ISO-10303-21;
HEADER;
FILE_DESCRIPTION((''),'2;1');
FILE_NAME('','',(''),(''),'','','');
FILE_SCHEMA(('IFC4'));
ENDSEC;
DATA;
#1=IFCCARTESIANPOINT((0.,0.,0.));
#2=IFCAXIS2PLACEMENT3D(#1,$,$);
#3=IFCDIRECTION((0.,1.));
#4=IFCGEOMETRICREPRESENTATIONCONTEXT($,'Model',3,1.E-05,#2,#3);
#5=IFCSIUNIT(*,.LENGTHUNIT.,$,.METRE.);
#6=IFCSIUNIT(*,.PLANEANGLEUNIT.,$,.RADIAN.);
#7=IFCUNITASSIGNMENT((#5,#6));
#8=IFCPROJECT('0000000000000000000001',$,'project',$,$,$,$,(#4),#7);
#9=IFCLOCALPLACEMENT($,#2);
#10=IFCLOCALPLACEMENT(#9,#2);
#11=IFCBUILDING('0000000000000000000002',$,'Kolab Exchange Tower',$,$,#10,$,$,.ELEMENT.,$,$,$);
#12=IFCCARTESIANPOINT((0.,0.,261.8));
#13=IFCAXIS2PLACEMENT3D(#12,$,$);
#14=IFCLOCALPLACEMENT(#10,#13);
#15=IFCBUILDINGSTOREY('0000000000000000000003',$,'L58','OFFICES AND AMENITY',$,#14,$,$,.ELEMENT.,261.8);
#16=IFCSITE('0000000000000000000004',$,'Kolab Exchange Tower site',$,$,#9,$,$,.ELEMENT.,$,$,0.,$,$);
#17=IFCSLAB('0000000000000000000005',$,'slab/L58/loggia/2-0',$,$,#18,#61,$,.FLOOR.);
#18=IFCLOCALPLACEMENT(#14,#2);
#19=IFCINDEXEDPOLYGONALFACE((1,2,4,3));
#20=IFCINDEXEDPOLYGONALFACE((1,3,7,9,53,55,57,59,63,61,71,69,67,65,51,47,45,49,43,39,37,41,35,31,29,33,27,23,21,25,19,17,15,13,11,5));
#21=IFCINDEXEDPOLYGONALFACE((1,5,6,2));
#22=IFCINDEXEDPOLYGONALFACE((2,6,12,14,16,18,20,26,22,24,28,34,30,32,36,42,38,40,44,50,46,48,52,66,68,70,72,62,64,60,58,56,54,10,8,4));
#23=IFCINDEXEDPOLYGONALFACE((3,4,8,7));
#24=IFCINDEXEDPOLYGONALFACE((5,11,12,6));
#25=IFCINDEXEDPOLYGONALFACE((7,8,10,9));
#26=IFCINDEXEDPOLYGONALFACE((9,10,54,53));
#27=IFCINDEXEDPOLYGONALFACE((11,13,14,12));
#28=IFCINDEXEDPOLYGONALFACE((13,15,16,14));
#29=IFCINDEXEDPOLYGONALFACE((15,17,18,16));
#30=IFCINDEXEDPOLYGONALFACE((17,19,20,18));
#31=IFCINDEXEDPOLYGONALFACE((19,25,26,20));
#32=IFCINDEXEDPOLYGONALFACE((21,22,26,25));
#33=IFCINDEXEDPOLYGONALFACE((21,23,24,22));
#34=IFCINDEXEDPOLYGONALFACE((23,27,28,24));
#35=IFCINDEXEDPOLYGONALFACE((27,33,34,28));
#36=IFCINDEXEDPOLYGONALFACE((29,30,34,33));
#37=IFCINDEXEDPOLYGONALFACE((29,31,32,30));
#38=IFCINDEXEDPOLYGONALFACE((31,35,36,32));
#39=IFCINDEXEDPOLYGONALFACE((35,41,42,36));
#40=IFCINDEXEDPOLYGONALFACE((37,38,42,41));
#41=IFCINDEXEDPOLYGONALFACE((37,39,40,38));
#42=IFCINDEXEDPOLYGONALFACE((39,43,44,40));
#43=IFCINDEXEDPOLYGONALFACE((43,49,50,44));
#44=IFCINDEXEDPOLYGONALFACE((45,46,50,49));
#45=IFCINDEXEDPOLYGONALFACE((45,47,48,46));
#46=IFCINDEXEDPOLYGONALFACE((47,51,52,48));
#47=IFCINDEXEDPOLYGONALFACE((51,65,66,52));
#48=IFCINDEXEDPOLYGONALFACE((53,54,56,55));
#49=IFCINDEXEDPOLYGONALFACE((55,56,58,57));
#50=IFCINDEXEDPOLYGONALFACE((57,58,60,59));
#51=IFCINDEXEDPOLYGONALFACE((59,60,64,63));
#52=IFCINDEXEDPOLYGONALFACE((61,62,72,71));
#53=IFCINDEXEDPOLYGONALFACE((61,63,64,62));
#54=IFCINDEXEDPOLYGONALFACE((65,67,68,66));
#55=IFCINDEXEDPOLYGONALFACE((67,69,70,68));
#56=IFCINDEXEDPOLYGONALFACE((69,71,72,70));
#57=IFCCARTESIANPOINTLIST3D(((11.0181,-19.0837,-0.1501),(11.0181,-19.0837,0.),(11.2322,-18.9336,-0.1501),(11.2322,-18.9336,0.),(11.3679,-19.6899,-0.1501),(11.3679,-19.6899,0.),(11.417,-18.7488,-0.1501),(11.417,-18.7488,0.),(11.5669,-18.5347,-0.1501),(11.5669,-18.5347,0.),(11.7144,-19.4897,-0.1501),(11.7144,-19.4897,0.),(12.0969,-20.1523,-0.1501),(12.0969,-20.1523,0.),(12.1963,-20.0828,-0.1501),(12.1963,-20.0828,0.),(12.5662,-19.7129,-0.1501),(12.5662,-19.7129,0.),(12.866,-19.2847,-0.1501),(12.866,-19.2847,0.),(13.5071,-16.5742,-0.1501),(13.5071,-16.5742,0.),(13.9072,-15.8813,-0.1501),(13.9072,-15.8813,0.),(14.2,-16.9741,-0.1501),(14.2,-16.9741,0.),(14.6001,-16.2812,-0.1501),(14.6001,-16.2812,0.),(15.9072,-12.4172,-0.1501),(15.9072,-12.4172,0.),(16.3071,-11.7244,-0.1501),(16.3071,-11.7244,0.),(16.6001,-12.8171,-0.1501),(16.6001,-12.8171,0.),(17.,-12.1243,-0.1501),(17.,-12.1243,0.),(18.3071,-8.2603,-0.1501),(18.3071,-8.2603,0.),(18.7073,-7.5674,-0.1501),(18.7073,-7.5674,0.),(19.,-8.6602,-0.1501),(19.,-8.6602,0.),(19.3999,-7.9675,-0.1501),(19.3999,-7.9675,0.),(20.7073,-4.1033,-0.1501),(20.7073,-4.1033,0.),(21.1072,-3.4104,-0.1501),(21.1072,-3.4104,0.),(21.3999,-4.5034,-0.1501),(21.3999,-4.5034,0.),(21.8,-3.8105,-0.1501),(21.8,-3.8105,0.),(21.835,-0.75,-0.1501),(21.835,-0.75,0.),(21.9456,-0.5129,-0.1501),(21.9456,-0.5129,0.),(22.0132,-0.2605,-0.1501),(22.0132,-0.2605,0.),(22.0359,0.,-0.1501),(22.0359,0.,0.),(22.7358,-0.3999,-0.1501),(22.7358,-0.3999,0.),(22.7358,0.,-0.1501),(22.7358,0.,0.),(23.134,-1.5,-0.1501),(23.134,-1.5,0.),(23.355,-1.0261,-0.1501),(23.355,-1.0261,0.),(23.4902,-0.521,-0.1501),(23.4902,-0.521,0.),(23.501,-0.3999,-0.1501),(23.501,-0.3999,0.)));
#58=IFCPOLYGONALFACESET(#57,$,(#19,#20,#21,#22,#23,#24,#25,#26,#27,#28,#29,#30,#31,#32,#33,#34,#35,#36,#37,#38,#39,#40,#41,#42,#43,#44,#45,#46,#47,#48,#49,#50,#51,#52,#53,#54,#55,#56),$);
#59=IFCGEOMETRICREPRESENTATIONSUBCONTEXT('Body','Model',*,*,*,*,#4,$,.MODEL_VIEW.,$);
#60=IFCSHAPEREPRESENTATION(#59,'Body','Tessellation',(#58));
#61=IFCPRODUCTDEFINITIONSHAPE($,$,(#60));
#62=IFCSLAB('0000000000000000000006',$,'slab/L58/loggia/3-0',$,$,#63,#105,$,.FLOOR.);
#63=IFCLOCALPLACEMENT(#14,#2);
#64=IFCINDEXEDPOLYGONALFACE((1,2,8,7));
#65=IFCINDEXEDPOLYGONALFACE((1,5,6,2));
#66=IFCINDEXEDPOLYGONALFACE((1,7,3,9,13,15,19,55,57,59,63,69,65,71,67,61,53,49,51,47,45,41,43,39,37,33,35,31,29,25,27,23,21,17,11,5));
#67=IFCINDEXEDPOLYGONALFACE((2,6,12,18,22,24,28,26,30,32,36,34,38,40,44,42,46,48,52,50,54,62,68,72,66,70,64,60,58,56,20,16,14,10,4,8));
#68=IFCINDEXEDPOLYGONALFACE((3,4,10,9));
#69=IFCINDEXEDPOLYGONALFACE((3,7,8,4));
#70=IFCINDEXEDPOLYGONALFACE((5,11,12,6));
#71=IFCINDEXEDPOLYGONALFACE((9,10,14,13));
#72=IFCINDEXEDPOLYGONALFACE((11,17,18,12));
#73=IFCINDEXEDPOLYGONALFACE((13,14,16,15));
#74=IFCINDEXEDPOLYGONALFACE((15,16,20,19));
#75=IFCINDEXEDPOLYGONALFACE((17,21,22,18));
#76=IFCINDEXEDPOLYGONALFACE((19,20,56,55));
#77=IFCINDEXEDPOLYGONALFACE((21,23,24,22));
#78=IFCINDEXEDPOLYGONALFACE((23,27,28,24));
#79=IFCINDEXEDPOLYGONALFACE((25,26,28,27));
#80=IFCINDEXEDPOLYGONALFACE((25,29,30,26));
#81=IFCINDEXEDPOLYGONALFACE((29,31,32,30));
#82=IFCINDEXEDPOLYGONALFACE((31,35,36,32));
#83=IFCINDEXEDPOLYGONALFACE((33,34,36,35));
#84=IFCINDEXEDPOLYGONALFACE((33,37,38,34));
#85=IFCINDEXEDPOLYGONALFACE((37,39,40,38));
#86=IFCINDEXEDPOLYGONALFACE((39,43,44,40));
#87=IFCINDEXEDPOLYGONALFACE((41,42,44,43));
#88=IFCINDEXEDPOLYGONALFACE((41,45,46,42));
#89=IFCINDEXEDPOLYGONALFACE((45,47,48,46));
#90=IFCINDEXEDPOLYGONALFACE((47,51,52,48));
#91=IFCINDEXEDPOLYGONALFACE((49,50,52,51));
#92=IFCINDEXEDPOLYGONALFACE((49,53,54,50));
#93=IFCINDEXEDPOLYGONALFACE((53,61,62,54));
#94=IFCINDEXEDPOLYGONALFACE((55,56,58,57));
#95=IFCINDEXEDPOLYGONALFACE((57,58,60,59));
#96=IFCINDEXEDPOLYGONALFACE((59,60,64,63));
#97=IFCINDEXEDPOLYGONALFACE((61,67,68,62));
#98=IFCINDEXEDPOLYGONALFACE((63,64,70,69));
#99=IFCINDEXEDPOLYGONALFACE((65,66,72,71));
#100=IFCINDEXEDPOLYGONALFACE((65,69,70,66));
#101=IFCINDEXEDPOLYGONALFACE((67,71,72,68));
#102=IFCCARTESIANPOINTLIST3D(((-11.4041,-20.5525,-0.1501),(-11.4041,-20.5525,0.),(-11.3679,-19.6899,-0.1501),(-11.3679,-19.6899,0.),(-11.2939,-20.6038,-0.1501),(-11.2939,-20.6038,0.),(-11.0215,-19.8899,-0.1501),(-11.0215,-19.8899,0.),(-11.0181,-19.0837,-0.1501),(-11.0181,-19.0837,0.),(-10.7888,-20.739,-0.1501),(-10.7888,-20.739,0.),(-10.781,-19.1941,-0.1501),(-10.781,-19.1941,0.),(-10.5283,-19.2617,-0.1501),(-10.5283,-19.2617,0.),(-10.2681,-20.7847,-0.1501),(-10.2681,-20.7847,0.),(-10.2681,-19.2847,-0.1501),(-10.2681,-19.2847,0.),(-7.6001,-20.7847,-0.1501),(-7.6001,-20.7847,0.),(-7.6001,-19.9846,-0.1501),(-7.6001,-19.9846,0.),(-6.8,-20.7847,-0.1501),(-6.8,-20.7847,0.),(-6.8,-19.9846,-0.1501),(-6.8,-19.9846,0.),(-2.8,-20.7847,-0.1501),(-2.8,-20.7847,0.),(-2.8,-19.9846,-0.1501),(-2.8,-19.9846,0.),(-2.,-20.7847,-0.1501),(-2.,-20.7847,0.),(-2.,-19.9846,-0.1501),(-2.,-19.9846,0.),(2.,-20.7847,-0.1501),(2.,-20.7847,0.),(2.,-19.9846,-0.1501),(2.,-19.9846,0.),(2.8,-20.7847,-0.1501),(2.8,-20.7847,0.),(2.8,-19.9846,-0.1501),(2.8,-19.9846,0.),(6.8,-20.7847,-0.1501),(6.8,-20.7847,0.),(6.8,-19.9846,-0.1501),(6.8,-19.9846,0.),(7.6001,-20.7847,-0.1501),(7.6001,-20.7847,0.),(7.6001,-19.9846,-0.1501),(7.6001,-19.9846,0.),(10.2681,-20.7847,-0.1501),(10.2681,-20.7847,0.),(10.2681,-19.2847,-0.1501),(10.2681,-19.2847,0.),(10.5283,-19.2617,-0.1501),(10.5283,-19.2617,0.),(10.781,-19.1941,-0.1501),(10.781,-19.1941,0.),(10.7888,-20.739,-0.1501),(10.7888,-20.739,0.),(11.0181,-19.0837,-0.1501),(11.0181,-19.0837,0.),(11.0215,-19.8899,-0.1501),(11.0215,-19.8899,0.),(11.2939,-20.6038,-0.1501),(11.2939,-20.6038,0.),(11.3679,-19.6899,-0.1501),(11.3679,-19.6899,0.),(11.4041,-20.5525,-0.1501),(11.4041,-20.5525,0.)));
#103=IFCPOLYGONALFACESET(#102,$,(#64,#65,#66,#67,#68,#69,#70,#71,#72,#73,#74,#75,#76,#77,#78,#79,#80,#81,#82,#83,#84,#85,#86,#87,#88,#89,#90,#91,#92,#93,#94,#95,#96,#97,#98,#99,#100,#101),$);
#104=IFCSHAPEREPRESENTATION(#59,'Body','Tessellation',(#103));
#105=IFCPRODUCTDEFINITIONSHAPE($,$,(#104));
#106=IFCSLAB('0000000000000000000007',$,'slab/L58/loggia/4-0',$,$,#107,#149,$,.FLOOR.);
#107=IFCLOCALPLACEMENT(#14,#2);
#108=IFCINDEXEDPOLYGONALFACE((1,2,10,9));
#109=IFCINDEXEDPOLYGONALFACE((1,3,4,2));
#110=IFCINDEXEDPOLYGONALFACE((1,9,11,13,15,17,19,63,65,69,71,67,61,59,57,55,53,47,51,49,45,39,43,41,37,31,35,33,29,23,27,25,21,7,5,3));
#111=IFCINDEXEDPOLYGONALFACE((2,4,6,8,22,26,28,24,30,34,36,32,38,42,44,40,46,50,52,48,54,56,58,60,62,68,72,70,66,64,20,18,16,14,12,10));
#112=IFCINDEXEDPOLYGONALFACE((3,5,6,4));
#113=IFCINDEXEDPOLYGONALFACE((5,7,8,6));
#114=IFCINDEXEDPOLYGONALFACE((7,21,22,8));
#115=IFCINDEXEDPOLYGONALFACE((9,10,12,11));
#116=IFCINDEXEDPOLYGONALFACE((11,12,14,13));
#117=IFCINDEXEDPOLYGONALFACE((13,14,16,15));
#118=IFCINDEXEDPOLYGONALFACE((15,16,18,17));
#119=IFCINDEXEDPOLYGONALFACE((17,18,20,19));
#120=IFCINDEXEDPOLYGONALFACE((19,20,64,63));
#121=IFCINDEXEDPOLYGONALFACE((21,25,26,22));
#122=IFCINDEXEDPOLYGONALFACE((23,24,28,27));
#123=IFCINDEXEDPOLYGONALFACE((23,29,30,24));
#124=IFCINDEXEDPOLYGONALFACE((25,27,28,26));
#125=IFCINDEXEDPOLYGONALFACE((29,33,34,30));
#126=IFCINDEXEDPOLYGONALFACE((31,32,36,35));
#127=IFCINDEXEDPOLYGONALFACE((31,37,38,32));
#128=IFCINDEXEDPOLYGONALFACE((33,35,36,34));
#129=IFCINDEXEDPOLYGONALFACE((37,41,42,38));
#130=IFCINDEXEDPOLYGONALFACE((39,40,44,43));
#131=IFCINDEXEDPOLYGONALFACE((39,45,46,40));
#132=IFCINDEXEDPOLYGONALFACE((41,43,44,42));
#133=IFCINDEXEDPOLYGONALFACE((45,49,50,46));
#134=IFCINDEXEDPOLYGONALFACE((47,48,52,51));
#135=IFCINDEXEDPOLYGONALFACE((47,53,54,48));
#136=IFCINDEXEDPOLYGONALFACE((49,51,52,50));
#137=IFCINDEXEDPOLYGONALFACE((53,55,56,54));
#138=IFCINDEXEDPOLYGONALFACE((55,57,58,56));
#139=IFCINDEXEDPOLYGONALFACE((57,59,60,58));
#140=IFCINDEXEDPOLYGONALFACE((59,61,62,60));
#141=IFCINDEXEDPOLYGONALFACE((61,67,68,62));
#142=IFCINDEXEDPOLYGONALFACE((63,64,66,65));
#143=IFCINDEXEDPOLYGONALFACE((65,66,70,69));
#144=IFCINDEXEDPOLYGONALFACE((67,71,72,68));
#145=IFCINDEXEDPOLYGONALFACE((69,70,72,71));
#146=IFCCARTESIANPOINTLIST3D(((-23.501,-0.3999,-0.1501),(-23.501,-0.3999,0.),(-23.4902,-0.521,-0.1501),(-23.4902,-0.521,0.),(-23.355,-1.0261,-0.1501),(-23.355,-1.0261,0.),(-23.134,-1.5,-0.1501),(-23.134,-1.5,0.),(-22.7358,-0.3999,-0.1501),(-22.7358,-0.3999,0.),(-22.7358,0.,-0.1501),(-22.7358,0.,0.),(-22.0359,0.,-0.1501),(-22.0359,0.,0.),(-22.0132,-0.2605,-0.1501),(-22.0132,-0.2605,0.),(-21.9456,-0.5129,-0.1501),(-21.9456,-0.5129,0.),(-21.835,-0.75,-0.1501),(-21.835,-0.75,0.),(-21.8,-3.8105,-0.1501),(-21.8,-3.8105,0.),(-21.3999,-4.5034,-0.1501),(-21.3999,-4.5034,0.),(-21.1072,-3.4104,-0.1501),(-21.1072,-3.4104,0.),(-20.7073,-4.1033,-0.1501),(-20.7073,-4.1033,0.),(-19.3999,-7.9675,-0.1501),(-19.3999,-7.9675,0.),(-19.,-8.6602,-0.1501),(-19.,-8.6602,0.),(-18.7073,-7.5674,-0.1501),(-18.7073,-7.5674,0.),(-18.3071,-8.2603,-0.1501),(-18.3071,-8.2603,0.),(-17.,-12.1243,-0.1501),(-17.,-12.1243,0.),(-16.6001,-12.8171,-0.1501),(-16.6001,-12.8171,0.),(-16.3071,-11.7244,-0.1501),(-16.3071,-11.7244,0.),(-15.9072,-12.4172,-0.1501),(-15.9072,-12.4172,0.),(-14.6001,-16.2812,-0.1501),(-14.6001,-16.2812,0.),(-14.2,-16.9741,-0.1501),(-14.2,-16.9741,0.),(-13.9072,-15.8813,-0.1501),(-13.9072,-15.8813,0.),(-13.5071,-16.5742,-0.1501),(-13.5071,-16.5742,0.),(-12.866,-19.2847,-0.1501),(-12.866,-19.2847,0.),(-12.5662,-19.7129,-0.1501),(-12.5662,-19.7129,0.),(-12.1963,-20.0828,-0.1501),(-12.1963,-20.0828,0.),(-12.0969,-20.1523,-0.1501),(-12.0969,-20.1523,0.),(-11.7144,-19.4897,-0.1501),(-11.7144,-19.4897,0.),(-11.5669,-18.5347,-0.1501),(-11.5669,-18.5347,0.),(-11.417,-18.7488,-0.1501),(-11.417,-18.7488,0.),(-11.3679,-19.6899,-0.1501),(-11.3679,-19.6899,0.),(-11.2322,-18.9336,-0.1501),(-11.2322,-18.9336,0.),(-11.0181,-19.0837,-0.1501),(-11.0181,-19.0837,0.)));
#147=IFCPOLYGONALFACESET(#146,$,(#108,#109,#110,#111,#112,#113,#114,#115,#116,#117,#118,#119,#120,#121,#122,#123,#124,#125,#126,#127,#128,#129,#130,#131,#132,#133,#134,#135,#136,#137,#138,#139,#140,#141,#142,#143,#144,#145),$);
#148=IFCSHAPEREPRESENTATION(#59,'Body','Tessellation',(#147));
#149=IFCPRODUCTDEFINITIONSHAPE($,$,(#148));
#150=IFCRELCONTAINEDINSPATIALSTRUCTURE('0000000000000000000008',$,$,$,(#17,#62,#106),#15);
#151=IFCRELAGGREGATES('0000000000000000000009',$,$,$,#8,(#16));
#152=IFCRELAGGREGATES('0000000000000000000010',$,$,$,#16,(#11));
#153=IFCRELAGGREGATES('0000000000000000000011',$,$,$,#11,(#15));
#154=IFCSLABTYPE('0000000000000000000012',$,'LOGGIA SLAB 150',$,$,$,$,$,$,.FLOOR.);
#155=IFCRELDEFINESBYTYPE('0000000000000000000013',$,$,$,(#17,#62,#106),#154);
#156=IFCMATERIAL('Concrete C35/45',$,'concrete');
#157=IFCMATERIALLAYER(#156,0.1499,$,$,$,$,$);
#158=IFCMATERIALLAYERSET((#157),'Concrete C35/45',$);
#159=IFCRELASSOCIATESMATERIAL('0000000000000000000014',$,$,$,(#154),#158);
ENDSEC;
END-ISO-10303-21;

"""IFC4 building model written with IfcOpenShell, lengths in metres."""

from ifc_helpers import new_model, si_unit, direction, frame, origin, place, context, subcontext, project, spatial, polyline, outline, extrude, material, layer, layer_set, type_object, element, save


model = new_model("IFC4")

# Units and contexts
model_context = context("Model", 3, precision=1e-05, world=origin(), true_north=direction((0.0, 1.0)))
body_context = subcontext(model_context, "Body", "Model", "MODEL_VIEW")
ifc_project = project(units=[si_unit("LENGTHUNIT", "METRE"), si_unit("PLANEANGLEUNIT", "RADIAN")], contexts=[model_context])

# Site, building, storey
site_placement = place(None, origin())
site = spatial("IfcSite", under=ifc_project, at=site_placement, Name="Kolab Exchange Tower site", CompositionType="ELEMENT", RefElevation=0.0)
building_placement = place(site_placement, origin())
building = spatial("IfcBuilding", under=site, at=building_placement, Name="Kolab Exchange Tower", CompositionType="ELEMENT")
storey_placement = place(building_placement, frame((0.0, 0.0, 261.8)))
storey = spatial("IfcBuildingStorey", under=building, at=storey_placement, Name="L58", Description="OFFICES AND AMENITY", CompositionType="ELEMENT", Elevation=261.8)

# Slabs
ifc_material_1 = material(Name="Concrete C35/45", Category="concrete")
ifc_layer_1 = layer(ifc_material_1, 0.1499)
ifc_layer_set_1 = layer_set([ifc_layer_1], Name="Concrete C35/45")
slab_type_1 = type_object("IfcSlabType", Name="LOGGIA SLAB 150", PredefinedType="FLOOR", material=ifc_layer_set_1)
slab_1_placement = place(storey_placement, frame((0.0, 0.0, -0.1501)))
element("IfcSlab", 1, at=slab_1_placement, inside=storey, type_object=slab_type_1, Name="slab/L58/loggia/2-0", PredefinedType="FLOOR", context=body_context, shape_type="SweptSolid", body=[
    extrude(outline(polyline([(12.866, -19.2847), (14.2, -16.9741), (13.5071, -16.5742), (13.9072, -15.8813), (14.6001, -16.2812), (16.6001, -12.8171), (15.9072, -12.4172), (16.3071, -11.7244), (17.0, -12.1243), (19.0, -8.6602), (18.3071, -8.2603), (18.7073, -7.5674), (19.3999, -7.9675), (21.3999, -4.5034), (20.7073, -4.1033), (21.1072, -3.4104), (21.8, -3.8105), (23.134, -1.5), (23.355, -1.0261), (23.4902, -0.521), (23.501, -0.3999), (22.7358, -0.3999), (22.7358, 0.0), (22.0359, 0.0), (22.0132, -0.2605), (21.9456, -0.5129), (21.835, -0.75), (11.5669, -18.5347), (11.417, -18.7488), (11.2322, -18.9336), (11.0181, -19.0837), (11.3679, -19.6899), (11.7144, -19.4897), (12.0969, -20.1523), (12.1963, -20.0828), (12.5662, -19.7129), (12.866, -19.2847)])), origin(), (0.0, 0.0, 1.0), 0.1501),
])
slab_2_placement = place(storey_placement, frame((0.0, 0.0, -0.1501)))
element("IfcSlab", 2, at=slab_2_placement, inside=storey, type_object=slab_type_1, Name="slab/L58/loggia/3-0", PredefinedType="FLOOR", context=body_context, shape_type="SweptSolid", body=[
    extrude(outline(polyline([(-11.0181, -19.0837), (-11.3679, -19.6899), (-11.0215, -19.8899), (-11.4041, -20.5525), (-11.2939, -20.6038), (-10.7888, -20.739), (-10.2681, -20.7847), (-7.6001, -20.7847), (-7.6001, -19.9846), (-6.8, -19.9846), (-6.8, -20.7847), (-2.8, -20.7847), (-2.8, -19.9846), (-2.0, -19.9846), (-2.0, -20.7847), (2.0, -20.7847), (2.0, -19.9846), (2.8, -19.9846), (2.8, -20.7847), (6.8, -20.7847), (6.8, -19.9846), (7.6001, -19.9846), (7.6001, -20.7847), (10.2681, -20.7847), (10.7888, -20.739), (11.2939, -20.6038), (11.4041, -20.5525), (11.0215, -19.8899), (11.3679, -19.6899), (11.0181, -19.0837), (10.781, -19.1941), (10.5283, -19.2617), (10.2681, -19.2847), (-10.2681, -19.2847), (-10.5283, -19.2617), (-10.781, -19.1941), (-11.0181, -19.0837)])), origin(), (0.0, 0.0, 1.0), 0.1501),
])
slab_3_placement = place(storey_placement, frame((0.0, 0.0, -0.1501)))
element("IfcSlab", 3, at=slab_3_placement, inside=storey, type_object=slab_type_1, Name="slab/L58/loggia/4-0", PredefinedType="FLOOR", context=body_context, shape_type="SweptSolid", body=[
    extrude(outline(polyline([(-22.0359, 0.0), (-22.7358, 0.0), (-22.7358, -0.3999), (-23.501, -0.3999), (-23.4902, -0.521), (-23.355, -1.0261), (-23.134, -1.5), (-21.8, -3.8105), (-21.1072, -3.4104), (-20.7073, -4.1033), (-21.3999, -4.5034), (-19.3999, -7.9675), (-18.7073, -7.5674), (-18.3071, -8.2603), (-19.0, -8.6602), (-17.0, -12.1243), (-16.3071, -11.7244), (-15.9072, -12.4172), (-16.6001, -12.8171), (-14.6001, -16.2812), (-13.9072, -15.8813), (-13.5071, -16.5742), (-14.2, -16.9741), (-12.866, -19.2847), (-12.5662, -19.7129), (-12.1963, -20.0828), (-12.0969, -20.1523), (-11.7144, -19.4897), (-11.3679, -19.6899), (-11.0181, -19.0837), (-11.2322, -18.9336), (-11.417, -18.7488), (-11.5669, -18.5347), (-21.835, -0.75), (-21.9456, -0.5129), (-22.0132, -0.2605), (-22.0359, 0.0)])), origin(), (0.0, 0.0, 1.0), 0.1501),
])

save(model, "model.ifc")
